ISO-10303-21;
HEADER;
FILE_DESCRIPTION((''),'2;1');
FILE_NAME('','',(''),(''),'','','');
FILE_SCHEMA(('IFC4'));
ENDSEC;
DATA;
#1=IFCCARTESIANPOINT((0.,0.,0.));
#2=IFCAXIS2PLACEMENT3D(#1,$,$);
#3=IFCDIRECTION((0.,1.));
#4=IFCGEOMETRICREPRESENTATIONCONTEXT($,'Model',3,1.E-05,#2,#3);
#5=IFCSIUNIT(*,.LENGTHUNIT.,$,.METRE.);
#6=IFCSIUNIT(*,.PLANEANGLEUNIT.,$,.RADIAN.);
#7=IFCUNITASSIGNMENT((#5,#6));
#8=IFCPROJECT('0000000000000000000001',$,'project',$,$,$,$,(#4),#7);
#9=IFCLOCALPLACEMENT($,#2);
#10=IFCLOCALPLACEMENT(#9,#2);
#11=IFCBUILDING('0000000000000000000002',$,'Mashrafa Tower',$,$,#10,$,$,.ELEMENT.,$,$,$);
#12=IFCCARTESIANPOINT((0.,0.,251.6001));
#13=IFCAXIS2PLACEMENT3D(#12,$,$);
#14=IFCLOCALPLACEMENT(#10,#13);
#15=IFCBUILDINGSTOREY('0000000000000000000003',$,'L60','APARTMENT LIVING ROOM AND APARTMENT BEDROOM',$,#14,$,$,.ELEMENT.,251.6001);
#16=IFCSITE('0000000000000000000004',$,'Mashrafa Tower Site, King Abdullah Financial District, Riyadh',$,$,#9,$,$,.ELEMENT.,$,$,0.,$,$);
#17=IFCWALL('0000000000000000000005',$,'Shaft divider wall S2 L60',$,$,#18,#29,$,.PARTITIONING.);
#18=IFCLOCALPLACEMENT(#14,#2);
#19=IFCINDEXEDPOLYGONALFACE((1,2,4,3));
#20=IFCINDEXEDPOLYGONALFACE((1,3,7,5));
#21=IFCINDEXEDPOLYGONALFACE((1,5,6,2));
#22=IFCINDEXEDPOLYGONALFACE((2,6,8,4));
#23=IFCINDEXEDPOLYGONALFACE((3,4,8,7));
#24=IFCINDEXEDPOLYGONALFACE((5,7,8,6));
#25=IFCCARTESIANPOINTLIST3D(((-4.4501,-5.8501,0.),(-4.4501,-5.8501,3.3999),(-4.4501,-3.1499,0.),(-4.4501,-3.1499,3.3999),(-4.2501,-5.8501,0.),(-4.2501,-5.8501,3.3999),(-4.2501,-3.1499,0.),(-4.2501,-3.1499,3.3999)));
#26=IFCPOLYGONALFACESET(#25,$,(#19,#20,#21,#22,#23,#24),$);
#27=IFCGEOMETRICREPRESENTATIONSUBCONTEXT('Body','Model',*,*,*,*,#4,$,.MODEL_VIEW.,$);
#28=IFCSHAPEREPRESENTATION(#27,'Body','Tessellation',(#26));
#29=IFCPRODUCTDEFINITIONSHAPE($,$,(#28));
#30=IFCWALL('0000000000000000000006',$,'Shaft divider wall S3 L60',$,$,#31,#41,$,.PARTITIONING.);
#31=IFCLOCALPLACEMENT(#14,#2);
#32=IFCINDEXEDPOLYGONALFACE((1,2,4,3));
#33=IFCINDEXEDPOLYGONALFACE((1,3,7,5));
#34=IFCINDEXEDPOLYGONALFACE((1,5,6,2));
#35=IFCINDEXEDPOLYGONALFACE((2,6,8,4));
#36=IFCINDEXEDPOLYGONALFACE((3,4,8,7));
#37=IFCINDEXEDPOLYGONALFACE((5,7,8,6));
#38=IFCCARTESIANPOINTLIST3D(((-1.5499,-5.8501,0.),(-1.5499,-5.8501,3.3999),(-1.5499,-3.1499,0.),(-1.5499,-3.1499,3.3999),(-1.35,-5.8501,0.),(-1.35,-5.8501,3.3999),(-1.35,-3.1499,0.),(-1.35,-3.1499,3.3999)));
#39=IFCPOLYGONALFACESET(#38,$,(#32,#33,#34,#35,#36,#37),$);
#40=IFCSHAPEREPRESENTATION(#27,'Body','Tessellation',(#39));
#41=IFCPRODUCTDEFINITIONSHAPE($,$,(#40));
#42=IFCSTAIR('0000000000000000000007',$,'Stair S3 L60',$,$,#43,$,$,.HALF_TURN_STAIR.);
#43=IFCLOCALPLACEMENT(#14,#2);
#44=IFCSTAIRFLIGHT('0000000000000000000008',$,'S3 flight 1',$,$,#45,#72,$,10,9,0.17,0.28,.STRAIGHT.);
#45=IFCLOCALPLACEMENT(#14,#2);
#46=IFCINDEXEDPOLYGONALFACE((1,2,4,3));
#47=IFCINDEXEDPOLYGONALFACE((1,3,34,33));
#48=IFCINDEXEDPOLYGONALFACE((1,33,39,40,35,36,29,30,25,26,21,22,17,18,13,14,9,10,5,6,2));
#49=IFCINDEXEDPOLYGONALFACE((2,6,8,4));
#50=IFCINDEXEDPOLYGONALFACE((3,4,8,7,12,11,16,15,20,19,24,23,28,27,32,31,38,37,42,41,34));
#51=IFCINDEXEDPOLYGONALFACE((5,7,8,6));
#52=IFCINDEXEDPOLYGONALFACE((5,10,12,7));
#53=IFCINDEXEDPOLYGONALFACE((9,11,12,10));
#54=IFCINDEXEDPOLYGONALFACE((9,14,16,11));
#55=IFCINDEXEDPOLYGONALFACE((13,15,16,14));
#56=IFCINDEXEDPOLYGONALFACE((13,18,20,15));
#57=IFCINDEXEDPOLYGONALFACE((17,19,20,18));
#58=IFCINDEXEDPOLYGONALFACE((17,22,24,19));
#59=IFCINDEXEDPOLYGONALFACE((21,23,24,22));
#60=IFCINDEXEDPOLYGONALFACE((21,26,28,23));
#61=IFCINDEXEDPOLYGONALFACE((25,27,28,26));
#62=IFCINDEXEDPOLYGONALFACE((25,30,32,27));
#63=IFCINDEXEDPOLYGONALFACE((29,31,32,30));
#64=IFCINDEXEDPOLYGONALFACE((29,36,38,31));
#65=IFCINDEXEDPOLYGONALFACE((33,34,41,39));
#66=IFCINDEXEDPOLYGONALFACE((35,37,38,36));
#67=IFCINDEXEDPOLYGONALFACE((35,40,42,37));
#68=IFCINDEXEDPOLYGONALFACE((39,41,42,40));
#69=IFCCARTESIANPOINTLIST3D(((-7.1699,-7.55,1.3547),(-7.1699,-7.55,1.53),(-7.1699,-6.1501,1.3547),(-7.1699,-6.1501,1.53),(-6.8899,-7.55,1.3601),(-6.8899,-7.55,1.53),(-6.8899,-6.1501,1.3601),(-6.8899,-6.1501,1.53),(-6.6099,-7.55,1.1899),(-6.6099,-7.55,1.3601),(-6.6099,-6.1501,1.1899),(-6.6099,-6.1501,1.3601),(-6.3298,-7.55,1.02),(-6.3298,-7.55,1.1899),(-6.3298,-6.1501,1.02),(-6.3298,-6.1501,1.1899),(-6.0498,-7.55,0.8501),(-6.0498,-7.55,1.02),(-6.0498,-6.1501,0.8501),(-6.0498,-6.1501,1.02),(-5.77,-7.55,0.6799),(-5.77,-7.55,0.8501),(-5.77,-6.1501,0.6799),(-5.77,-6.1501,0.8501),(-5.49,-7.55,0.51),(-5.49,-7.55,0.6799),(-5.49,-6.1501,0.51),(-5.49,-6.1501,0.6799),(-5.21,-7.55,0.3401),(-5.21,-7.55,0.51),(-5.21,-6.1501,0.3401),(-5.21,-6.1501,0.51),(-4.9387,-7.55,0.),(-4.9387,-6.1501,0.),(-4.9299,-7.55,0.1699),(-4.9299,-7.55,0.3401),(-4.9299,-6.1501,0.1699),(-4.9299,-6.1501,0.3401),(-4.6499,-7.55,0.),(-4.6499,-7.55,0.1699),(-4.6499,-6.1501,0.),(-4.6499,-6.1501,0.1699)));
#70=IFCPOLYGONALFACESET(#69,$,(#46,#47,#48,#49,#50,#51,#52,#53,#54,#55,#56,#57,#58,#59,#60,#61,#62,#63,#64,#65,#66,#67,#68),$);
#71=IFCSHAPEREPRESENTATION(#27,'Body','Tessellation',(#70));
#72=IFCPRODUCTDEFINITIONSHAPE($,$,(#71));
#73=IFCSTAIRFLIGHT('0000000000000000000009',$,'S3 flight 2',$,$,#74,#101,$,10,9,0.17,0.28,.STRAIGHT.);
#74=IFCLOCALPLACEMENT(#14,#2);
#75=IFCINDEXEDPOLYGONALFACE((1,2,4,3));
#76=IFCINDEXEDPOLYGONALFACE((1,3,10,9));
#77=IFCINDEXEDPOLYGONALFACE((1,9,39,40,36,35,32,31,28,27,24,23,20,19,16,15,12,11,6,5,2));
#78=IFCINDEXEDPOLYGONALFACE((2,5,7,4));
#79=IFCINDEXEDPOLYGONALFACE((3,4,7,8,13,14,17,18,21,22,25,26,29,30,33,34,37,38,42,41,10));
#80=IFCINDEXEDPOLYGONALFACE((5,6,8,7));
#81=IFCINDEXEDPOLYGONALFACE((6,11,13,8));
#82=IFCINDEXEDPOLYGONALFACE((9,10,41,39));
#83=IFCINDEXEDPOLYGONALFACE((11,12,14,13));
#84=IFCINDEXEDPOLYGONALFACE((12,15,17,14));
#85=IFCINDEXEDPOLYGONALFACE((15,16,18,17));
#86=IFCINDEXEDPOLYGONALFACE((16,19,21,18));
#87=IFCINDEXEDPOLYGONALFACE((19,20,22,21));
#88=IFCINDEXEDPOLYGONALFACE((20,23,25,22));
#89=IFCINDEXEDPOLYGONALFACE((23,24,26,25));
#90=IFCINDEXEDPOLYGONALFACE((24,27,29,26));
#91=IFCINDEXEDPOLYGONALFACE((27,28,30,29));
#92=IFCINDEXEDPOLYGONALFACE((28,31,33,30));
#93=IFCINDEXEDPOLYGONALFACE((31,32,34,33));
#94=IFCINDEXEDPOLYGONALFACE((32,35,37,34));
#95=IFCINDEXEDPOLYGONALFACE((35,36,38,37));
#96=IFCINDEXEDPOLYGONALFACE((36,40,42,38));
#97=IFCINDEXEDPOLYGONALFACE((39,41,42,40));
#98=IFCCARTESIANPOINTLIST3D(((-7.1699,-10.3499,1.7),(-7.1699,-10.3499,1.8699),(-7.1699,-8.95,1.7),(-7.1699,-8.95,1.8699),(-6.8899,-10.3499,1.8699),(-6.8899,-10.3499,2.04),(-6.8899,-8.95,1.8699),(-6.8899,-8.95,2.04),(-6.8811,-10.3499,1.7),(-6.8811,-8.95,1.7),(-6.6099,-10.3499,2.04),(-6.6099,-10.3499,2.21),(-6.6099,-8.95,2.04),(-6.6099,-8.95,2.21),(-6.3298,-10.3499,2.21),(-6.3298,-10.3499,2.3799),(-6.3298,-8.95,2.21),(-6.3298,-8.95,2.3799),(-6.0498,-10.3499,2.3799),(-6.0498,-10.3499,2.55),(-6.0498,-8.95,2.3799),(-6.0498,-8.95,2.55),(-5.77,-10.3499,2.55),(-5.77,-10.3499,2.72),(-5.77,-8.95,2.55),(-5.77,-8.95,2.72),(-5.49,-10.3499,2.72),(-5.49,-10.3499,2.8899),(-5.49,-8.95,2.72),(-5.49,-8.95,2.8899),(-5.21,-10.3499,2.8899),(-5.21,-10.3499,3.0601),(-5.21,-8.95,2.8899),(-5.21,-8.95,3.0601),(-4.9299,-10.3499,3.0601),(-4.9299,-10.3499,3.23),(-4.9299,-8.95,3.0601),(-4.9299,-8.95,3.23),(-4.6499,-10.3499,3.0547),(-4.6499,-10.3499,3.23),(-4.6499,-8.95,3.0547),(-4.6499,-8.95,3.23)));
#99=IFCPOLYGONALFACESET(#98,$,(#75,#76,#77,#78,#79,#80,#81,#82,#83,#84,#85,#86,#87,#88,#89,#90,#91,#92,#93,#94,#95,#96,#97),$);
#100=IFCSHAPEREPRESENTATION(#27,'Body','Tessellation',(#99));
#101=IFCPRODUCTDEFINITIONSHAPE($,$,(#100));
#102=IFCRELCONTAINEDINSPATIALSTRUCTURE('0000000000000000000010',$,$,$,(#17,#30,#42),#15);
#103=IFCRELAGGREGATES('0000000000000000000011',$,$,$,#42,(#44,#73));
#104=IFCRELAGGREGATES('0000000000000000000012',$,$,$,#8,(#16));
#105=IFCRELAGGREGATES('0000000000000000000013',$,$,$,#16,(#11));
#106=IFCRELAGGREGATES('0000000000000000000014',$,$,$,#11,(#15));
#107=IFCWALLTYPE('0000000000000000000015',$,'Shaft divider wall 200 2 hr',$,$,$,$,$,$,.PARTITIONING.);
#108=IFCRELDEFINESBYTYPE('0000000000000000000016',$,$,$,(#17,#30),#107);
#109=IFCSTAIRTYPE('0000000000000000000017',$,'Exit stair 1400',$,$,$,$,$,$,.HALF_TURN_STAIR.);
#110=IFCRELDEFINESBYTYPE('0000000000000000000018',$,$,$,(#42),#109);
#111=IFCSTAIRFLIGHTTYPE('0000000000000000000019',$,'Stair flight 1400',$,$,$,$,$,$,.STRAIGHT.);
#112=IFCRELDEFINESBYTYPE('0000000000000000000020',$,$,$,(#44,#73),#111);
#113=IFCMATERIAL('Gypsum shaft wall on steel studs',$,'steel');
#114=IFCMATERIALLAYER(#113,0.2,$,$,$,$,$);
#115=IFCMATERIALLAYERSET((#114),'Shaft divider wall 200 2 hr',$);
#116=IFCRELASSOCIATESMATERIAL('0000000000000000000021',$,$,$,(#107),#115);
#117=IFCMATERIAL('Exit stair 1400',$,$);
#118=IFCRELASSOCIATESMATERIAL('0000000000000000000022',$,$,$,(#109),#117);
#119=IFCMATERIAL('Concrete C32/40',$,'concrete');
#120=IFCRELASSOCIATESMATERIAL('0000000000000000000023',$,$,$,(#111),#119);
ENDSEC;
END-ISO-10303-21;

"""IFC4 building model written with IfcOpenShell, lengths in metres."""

from ifc_helpers import new_model, si_unit, direction, frame, frame_2d, origin, place, context, subcontext, project, spatial, polyline, rectangle, outline, extrude, material, layer, layer_set, type_object, element, aggregate, save


model = new_model("IFC4")

# Units and contexts
model_context = context("Model", 3, precision=1e-05, world=origin(), true_north=direction((0.0, 1.0)))
body_context = subcontext(model_context, "Body", "Model", "MODEL_VIEW")
ifc_project = project(units=[si_unit("LENGTHUNIT", "METRE"), si_unit("PLANEANGLEUNIT", "RADIAN")], contexts=[model_context])

# Site, building, storey
site_placement = place(None, origin())
site = spatial("IfcSite", under=ifc_project, at=site_placement, Name="Mashrafa Tower Site, King Abdullah Financial District, Riyadh", CompositionType="ELEMENT", RefElevation=0.0)
building_placement = place(site_placement, origin())
building = spatial("IfcBuilding", under=site, at=building_placement, Name="Mashrafa Tower", CompositionType="ELEMENT")
storey_placement = place(building_placement, frame((0.0, 0.0, 251.6001)))
storey = spatial("IfcBuildingStorey", under=building, at=storey_placement, Name="L60", Description="APARTMENT LIVING ROOM AND APARTMENT BEDROOM", CompositionType="ELEMENT", Elevation=251.6001)

# Walls
ifc_material_1 = material(Name="Gypsum shaft wall on steel studs", Category="steel")
ifc_layer_1 = layer(ifc_material_1, 0.2)
ifc_layer_set_1 = layer_set([ifc_layer_1], Name="Shaft divider wall 200 2 hr")
wall_type_1 = type_object("IfcWallType", Name="Shaft divider wall 200 2 hr", PredefinedType="PARTITIONING", material=ifc_layer_set_1)
for number, where, z_axis, x_axis, name in (
    (1, (-4.3501, -5.8501, 0.0), (0.0, 0.0, 1.0), (0.0, 1.0, 0.0), "Shaft divider wall S2 L60"),
    (2, (-1.45, -5.8501, 0.0), (0.0, 0.0, 1.0), (0.0, 1.0, 0.0), "Shaft divider wall S3 L60"),
):
    element("IfcWall", number, at=place(storey_placement, frame(where, z_axis=z_axis, x_axis=x_axis)), inside=storey, type_object=wall_type_1, Name=name, PredefinedType="PARTITIONING", context=body_context, shape_type="SweptSolid", body=[
        extrude(rectangle(XDim=2.7002, YDim=0.2, at=frame_2d((1.3501, 0.0))), origin(), (0.0, 0.0, 1.0), 3.3999),
    ])

# Stair, stair flights
ifc_material_2 = material(Name="Exit stair 1400")
stair_type = type_object("IfcStairType", Name="Exit stair 1400", PredefinedType="HALF_TURN_STAIR", material=ifc_material_2)
stair_placement = place(storey_placement, origin())
stair = element("IfcStair", 3, at=stair_placement, inside=storey, type_object=stair_type, Name="Stair S3 L60", PredefinedType="HALF_TURN_STAIR")
ifc_material_3 = material(Name="Concrete C32/40", Category="concrete")
stair_flight_type = type_object("IfcStairFlightType", Name="Stair flight 1400", PredefinedType="STRAIGHT", material=ifc_material_3)
stair_flight_1_placement = place(storey_placement, frame((-4.6499, -6.8501, 0.0), z_axis=(0.0, 0.0, 1.0), x_axis=(-1.0, 0.0, 0.0)))
stair_flight_1 = element("IfcStairFlight", 4, at=stair_flight_1_placement, type_object=stair_flight_type, Name="S3 flight 1", NumberOfRisers=10, NumberOfTreads=9, PredefinedType="STRAIGHT", RiserHeight=0.17, TreadLength=0.28, context=body_context, shape_type="SweptSolid", body=[
    extrude(outline(polyline([(0.0, 0.0), (0.0, 0.1699), (0.28, 0.1699), (0.28, 0.3401), (0.5601, 0.3401), (0.5601, 0.51), (0.8401, 0.51), (0.8401, 0.6799), (1.1201, 0.6799), (1.1201, 0.8501), (1.3999, 0.8501), (1.3999, 1.02), (1.6799, 1.02), (1.6799, 1.1899), (1.96, 1.1899), (1.96, 1.3601), (2.24, 1.3601), (2.24, 1.53), (2.52, 1.53), (2.52, 1.7), (2.52, 1.3547), (0.2888, 0.0), (0.0, 0.0)])), frame((0.0, 0.7, 0.0), z_axis=(0.0, -1.0, 0.0), x_axis=(1.0, 0.0, 0.0)), (0.0, 0.0, 1.0), 1.3999),
])
stair_flight_2_placement = place(storey_placement, frame((-7.1699, -9.6499, 1.7), z_axis=(0.0, 0.0, 1.0), x_axis=(1.0, 0.0, 0.0)))
stair_flight_2 = element("IfcStairFlight", 5, at=stair_flight_2_placement, type_object=stair_flight_type, Name="S3 flight 2", NumberOfRisers=10, NumberOfTreads=9, PredefinedType="STRAIGHT", RiserHeight=0.17, TreadLength=0.28, context=body_context, shape_type="SweptSolid", body=[
    extrude(outline(polyline([(0.0, 0.0), (0.0, 0.1699), (0.28, 0.1699), (0.28, 0.3401), (0.5601, 0.3401), (0.5601, 0.51), (0.8401, 0.51), (0.8401, 0.6799), (1.1201, 0.6799), (1.1201, 0.8501), (1.3999, 0.8501), (1.3999, 1.02), (1.6799, 1.02), (1.6799, 1.1899), (1.96, 1.1899), (1.96, 1.3601), (2.24, 1.3601), (2.24, 1.53), (2.52, 1.53), (2.52, 1.7), (2.52, 1.3547), (0.2888, 0.0), (0.0, 0.0)])), frame((0.0, 0.7, 0.0), z_axis=(0.0, -1.0, 0.0), x_axis=(1.0, 0.0, 0.0)), (0.0, 0.0, 1.0), 1.3999),
])
aggregate(stair, [stair_flight_1, stair_flight_2])

save(model, "model.ifc")
